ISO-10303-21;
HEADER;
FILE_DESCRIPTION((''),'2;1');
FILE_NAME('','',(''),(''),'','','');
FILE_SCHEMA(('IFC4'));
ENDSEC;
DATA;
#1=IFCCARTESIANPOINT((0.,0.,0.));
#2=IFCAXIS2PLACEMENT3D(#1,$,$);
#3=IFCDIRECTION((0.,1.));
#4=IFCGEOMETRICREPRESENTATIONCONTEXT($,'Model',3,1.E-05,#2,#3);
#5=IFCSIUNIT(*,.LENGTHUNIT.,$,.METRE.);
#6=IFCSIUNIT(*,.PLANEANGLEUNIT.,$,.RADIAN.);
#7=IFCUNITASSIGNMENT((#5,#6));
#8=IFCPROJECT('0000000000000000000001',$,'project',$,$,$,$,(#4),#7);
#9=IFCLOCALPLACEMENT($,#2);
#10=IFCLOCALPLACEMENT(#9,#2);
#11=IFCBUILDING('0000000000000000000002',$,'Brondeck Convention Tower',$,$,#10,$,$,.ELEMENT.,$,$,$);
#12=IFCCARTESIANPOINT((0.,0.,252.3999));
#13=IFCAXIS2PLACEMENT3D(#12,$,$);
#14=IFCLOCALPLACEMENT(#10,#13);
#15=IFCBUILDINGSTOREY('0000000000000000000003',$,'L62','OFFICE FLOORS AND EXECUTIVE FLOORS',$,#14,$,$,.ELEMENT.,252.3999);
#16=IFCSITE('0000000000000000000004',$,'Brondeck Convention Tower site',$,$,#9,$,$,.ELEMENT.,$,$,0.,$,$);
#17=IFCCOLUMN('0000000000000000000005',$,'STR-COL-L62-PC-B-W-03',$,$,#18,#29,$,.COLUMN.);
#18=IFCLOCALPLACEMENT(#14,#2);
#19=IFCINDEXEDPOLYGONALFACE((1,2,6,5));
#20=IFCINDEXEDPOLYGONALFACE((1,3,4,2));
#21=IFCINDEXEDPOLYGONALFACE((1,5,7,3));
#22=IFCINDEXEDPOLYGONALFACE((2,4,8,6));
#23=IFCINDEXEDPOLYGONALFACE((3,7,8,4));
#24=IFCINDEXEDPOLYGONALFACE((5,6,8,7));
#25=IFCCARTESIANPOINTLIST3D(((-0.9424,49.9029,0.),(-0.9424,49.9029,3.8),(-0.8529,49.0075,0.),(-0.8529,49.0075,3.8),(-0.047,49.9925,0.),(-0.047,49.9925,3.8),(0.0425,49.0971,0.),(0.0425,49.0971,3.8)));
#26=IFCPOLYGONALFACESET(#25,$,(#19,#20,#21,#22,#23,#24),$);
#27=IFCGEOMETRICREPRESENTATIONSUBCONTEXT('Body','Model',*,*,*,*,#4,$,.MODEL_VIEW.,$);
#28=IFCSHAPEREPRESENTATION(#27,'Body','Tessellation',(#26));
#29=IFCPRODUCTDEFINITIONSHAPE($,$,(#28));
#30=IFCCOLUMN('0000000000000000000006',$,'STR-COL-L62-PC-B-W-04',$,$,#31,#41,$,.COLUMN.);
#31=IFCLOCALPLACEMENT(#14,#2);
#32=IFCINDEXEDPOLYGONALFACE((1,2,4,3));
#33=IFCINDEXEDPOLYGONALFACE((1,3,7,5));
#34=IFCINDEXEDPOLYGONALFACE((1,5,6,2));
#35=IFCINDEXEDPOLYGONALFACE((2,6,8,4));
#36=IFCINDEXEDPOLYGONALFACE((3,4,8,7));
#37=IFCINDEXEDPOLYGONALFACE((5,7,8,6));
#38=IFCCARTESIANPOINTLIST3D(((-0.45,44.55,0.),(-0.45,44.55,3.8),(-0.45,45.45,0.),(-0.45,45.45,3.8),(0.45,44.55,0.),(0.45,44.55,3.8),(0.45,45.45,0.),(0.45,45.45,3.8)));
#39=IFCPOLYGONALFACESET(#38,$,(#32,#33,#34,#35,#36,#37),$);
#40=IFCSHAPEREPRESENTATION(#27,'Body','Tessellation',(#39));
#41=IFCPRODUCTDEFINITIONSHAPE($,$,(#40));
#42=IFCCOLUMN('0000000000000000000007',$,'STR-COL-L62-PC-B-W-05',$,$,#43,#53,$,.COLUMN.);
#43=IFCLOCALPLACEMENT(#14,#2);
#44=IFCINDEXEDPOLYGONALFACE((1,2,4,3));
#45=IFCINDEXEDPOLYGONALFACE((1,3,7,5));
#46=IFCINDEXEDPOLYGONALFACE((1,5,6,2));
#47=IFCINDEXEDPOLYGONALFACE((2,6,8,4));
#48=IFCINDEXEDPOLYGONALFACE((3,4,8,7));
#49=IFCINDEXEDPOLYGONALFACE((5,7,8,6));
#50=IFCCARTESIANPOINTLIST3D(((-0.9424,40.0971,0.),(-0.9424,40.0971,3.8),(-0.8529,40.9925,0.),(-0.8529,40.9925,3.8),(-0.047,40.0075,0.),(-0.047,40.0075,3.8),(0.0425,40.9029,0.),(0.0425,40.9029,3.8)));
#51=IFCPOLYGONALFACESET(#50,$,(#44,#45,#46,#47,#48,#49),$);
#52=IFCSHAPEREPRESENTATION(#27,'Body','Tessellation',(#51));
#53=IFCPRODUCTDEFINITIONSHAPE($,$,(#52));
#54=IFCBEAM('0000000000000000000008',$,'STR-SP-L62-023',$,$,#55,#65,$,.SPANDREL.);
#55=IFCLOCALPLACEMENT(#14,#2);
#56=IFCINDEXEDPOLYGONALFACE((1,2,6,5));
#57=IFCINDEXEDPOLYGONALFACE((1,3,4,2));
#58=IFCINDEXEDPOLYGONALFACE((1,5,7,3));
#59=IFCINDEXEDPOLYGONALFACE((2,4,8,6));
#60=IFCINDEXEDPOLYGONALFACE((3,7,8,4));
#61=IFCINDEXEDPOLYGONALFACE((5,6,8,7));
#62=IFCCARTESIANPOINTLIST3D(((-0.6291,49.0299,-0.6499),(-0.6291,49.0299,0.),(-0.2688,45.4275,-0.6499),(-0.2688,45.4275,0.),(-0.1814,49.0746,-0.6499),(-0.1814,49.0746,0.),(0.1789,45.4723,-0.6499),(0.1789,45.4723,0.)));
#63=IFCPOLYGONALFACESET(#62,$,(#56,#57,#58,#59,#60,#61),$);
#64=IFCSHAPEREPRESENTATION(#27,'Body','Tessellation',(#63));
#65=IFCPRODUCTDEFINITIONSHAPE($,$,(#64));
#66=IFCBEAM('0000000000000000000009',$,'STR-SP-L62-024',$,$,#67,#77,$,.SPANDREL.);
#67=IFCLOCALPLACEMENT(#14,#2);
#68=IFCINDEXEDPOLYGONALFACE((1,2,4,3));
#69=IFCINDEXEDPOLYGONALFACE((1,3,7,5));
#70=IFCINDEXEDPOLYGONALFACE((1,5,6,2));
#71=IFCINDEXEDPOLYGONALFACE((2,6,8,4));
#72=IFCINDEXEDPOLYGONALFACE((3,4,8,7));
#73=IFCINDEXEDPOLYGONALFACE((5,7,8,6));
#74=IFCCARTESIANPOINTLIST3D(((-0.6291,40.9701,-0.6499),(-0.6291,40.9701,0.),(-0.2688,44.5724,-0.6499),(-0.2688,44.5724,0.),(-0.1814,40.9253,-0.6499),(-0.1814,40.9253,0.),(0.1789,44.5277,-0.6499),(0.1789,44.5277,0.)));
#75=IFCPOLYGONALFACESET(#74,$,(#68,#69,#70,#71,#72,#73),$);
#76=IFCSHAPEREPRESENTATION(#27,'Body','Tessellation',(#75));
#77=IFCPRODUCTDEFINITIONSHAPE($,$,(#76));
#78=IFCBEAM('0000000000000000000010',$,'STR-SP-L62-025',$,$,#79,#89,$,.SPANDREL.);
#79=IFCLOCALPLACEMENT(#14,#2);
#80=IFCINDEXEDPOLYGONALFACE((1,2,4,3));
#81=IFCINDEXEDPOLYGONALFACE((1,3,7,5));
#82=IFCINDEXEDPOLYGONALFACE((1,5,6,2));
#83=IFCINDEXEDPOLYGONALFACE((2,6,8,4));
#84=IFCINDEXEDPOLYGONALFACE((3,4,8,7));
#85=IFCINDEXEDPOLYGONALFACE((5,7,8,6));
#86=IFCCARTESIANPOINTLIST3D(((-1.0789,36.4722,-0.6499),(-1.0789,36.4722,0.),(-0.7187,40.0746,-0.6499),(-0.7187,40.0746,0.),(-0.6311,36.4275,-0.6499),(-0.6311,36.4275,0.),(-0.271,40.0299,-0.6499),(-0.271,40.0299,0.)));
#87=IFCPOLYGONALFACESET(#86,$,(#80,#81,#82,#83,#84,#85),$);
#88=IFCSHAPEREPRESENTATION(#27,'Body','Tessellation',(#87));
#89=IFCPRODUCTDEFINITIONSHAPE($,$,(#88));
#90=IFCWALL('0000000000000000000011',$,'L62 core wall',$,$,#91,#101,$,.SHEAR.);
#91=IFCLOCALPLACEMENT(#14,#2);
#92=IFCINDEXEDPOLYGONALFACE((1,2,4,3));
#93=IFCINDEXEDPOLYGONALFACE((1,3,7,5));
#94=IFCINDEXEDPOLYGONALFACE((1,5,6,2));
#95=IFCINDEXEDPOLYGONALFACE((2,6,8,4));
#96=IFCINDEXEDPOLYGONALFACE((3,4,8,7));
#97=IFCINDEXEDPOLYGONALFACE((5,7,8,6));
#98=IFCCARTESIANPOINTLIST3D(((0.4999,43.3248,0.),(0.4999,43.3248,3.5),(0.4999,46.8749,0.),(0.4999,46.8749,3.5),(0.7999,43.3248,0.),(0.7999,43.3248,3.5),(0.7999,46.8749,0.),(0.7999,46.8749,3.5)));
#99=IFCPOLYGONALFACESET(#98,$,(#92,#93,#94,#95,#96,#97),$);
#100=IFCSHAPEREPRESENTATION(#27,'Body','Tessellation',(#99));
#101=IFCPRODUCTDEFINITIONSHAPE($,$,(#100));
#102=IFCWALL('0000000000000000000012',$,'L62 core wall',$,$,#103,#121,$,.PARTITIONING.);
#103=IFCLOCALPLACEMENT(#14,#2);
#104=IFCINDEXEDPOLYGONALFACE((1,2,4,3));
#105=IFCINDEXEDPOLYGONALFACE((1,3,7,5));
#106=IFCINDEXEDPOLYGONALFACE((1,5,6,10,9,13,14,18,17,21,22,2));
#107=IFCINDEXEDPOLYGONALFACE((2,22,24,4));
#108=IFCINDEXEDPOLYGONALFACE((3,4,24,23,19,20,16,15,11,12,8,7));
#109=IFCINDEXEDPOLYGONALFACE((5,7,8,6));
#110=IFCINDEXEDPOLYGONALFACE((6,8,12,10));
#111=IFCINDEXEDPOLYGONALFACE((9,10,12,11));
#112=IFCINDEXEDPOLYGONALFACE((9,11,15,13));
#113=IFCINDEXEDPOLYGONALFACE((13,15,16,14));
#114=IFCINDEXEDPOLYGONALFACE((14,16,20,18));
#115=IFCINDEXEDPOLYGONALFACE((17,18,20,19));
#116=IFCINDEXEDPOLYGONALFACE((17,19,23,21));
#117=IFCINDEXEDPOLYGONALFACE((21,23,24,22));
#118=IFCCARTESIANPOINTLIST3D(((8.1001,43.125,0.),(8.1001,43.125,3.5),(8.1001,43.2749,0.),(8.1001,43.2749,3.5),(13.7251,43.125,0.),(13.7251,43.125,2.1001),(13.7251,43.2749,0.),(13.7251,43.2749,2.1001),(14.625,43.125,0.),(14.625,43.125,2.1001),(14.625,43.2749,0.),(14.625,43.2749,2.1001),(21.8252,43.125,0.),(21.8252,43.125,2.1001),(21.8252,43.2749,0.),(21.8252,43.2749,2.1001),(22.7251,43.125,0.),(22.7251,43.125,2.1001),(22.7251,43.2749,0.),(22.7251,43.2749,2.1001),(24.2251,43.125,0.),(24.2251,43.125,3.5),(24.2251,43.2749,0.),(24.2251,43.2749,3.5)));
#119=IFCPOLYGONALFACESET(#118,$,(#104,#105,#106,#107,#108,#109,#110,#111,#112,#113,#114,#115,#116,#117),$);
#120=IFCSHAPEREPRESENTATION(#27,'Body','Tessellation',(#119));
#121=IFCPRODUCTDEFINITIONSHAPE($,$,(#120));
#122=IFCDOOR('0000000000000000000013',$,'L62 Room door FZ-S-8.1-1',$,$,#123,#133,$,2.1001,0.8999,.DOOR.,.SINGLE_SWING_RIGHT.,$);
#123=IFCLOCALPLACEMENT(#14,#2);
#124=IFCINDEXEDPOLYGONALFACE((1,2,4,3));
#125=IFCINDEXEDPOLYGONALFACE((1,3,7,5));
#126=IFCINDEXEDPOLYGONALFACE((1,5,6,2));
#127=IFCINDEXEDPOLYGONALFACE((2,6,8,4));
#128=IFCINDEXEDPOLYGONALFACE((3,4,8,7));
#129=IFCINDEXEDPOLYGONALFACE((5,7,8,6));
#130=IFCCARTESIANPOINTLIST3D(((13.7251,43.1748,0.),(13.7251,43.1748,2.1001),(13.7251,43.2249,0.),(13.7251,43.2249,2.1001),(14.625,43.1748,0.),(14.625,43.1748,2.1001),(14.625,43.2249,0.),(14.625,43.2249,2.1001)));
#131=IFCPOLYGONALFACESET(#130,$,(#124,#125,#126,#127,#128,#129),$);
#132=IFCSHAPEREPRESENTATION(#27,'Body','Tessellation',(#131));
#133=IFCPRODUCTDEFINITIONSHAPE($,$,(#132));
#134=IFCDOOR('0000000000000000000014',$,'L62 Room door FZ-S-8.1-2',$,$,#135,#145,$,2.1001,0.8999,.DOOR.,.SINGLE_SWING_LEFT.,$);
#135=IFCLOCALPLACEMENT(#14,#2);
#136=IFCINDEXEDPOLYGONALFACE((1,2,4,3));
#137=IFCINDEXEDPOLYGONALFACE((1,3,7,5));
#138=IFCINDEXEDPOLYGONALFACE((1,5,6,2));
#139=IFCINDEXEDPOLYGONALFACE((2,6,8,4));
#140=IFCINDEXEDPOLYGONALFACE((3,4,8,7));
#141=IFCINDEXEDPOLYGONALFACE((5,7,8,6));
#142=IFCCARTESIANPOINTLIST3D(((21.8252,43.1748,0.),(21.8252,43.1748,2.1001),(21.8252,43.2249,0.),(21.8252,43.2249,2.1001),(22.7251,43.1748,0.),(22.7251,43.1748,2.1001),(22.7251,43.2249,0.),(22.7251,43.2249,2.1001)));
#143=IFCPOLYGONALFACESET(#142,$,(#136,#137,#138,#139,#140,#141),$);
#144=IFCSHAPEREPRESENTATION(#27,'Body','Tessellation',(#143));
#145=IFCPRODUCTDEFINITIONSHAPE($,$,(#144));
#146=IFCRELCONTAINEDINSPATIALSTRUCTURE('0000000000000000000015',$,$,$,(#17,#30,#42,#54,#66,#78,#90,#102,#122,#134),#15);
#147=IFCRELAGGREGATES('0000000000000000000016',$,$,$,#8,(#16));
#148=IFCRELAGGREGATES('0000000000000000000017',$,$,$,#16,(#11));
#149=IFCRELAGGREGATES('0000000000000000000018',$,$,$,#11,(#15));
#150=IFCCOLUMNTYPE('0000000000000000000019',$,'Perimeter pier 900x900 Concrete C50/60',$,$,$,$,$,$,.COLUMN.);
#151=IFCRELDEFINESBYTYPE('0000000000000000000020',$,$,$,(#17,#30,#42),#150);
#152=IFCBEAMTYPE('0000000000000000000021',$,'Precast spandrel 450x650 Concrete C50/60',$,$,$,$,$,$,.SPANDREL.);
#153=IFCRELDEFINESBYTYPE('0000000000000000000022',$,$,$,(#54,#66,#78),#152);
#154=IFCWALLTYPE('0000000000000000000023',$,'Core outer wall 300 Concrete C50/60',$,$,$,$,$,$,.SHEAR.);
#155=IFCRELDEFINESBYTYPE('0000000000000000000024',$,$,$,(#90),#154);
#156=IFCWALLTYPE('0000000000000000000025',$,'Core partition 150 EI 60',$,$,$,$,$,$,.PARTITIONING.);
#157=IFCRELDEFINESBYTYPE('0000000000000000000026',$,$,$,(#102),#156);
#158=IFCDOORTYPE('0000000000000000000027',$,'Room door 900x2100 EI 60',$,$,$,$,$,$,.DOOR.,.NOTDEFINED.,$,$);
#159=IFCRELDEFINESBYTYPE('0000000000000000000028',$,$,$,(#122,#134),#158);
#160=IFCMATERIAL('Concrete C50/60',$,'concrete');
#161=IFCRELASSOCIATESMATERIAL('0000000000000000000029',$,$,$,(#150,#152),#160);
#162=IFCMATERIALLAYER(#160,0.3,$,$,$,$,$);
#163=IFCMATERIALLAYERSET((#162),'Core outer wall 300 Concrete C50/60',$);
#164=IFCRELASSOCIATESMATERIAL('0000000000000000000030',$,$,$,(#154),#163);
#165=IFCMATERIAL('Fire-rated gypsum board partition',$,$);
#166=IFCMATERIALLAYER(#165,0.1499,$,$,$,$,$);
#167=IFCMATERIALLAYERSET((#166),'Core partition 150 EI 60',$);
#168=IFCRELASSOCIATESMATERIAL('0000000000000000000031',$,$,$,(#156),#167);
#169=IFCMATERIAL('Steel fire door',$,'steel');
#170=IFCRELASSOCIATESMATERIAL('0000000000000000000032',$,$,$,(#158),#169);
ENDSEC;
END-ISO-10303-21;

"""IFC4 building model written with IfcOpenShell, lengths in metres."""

from ifc_helpers import new_model, si_unit, direction, frame, frame_2d, origin, origin_2d, place, context, subcontext, project, spatial, rectangle, extrude, material, layer, layer_set, material_profile, profile_set, type_object, element, fill, save


model = new_model("IFC4")

# Units and contexts
model_context = context("Model", 3, precision=1e-05, world=origin(), true_north=direction((0.0, 1.0)))
body_context = subcontext(model_context, "Body", "Model", "MODEL_VIEW")
ifc_project = project(units=[si_unit("LENGTHUNIT", "METRE"), si_unit("PLANEANGLEUNIT", "RADIAN")], contexts=[model_context])

# Site, building, storey
site_placement = place(None, origin())
site = spatial("IfcSite", under=ifc_project, at=site_placement, Name="Brondeck Convention Tower site", CompositionType="ELEMENT", RefElevation=0.0)
building_placement = place(site_placement, origin())
building = spatial("IfcBuilding", under=site, at=building_placement, Name="Brondeck Convention Tower", CompositionType="ELEMENT")
storey_placement = place(building_placement, frame((0.0, 0.0, 252.3999)))
storey = spatial("IfcBuildingStorey", under=building, at=storey_placement, Name="L62", Description="OFFICE FLOORS AND EXECUTIVE FLOORS", CompositionType="ELEMENT", Elevation=252.3999)

# Columns
ifc_material_1 = material(Name="Concrete C50/60", Category="concrete")
ifc_material_profile_1 = material_profile(ifc_material_1, rectangle(XDim=0.8999, YDim=0.8999, at=origin_2d()), Name="Perimeter pier 900x900 Concrete C50/60")
ifc_profile_set_1 = profile_set([ifc_material_profile_1], Name="Concrete C50/60")
column_type = type_object("IfcColumnType", Name="Perimeter pier 900x900 Concrete C50/60", PredefinedType="COLUMN", material=ifc_profile_set_1)
for number, where, z_axis, x_axis, name in (
    (1, (-0.45, 49.5, 0.0), (0.0, 0.0, 1.0), (0.099504, -0.995037, 0.0), "STR-COL-L62-PC-B-W-03"),
    (2, (0.0, 45.0, 0.0), (0.0, 0.0, 1.0), (0.0, -1.0, 0.0), "STR-COL-L62-PC-B-W-04"),
    (3, (-0.45, 40.5, 0.0), (0.0, 0.0, 1.0), (-0.099504, -0.995037, 0.0), "STR-COL-L62-PC-B-W-05"),
):
    element("IfcColumn", number, at=place(storey_placement, frame(where, z_axis=z_axis, x_axis=x_axis)), inside=storey, type_object=column_type, Name=name, PredefinedType="COLUMN", context=body_context, shape_type="SweptSolid", body=[
        extrude(rectangle(XDim=0.8999, YDim=0.8999, at=origin_2d()), origin(), (0.0, 0.0, 1.0), 3.8),
    ])

# Beams
ifc_material_profile_2 = material_profile(ifc_material_1, rectangle(XDim=0.45, YDim=0.6499, at=origin_2d()), Name="Precast spandrel 450x650 Concrete C50/60")
ifc_profile_set_2 = profile_set([ifc_material_profile_2], Name="Concrete C50/60")
beam_type = type_object("IfcBeamType", Name="Precast spandrel 450x650 Concrete C50/60", PredefinedType="SPANDREL", material=ifc_profile_set_2)
for number, where, z_axis, x_axis, name in (
    (4, (-0.4053, 49.0522, -0.325), (0.099537, -0.995034, 0.0), (0.995034, 0.099537, 0.0), "STR-SP-L62-023"),
    (5, (-0.0449, 44.55, -0.325), (-0.099537, -0.995034, 0.0), (0.995034, -0.099537, 0.0), "STR-SP-L62-024"),
    (6, (-0.4949, 40.0522, -0.325), (-0.09947, -0.995041, 0.0), (0.995041, -0.09947, 0.0), "STR-SP-L62-025"),
):
    element("IfcBeam", number, at=place(storey_placement, frame(where, z_axis=z_axis, x_axis=x_axis)), inside=storey, type_object=beam_type, Name=name, PredefinedType="SPANDREL", context=body_context, shape_type="SweptSolid", body=[
        extrude(rectangle(XDim=0.45, YDim=0.6499, at=origin_2d()), origin(), (0.0, 0.0, 1.0), 3.6204),
    ])

# Wall
ifc_layer_1 = layer(ifc_material_1, 0.3)
ifc_layer_set_1 = layer_set([ifc_layer_1], Name="Core outer wall 300 Concrete C50/60")
wall_type_1 = type_object("IfcWallType", Name="Core outer wall 300 Concrete C50/60", PredefinedType="SHEAR", material=ifc_layer_set_1)
wall_1_placement = place(storey_placement, frame((0.6499, 43.325, 0.0), z_axis=(0.0, 0.0, 1.0), x_axis=(0.0, 1.0, 0.0)))
element("IfcWall", 7, at=wall_1_placement, inside=storey, type_object=wall_type_1, Name="L62 core wall", PredefinedType="SHEAR", context=body_context, shape_type="SweptSolid", body=[
    extrude(rectangle(XDim=3.55, YDim=0.3, at=frame_2d((1.7749, 0.0))), origin(), (0.0, 0.0, 1.0), 3.5),
])

# Wall, openings, doors
ifc_material_2 = material(Name="Fire-rated gypsum board partition")
ifc_layer_2 = layer(ifc_material_2, 0.1499)
ifc_layer_set_2 = layer_set([ifc_layer_2], Name="Core partition 150 EI 60")
wall_type_2 = type_object("IfcWallType", Name="Core partition 150 EI 60", PredefinedType="PARTITIONING", material=ifc_layer_set_2)
wall_2_placement = place(storey_placement, frame((8.1001, 43.2, 0.0), z_axis=(0.0, 0.0, 1.0), x_axis=(1.0, 0.0, 0.0)))
wall_2 = element("IfcWall", 8, at=wall_2_placement, inside=storey, type_object=wall_type_2, Name="L62 core wall", PredefinedType="PARTITIONING", context=body_context, shape_type="SweptSolid", body=[
    extrude(rectangle(XDim=16.125, YDim=0.1499, at=frame_2d((8.0625, 0.0))), origin(), (0.0, 0.0, 1.0), 3.5),
])
opening_1_placement = place(wall_2_placement, frame((5.625, 0.0, 0.0)))
opening_1 = element("IfcOpeningElement", 9, at=opening_1_placement, cuts=wall_2, PredefinedType="OPENING", context=body_context, shape_type="SweptSolid", body=[
    extrude(rectangle(XDim=0.8999, YDim=2.1001, at=frame_2d((0.45, 1.05))), frame((0.0, 0.085, 0.0), z_axis=(0.0, -1.0, 0.0), x_axis=(1.0, 0.0, 0.0)), (0.0, 0.0, 1.0), 0.1699),
])
opening_2_placement = place(wall_2_placement, frame((13.7251, 0.0, 0.0)))
opening_2 = element("IfcOpeningElement", 10, at=opening_2_placement, cuts=wall_2, PredefinedType="OPENING", context=body_context, shape_type="SweptSolid", body=[
    extrude(rectangle(XDim=0.8999, YDim=2.1001, at=frame_2d((0.45, 1.05))), frame((0.0, 0.085, 0.0), z_axis=(0.0, -1.0, 0.0), x_axis=(1.0, 0.0, 0.0)), (0.0, 0.0, 1.0), 0.1699),
])
ifc_material_3 = material(Name="Steel fire door", Category="steel")
door_type_1 = type_object("IfcDoorType", Name="Room door 900x2100 EI 60", OperationType="NOTDEFINED", PredefinedType="DOOR", material=ifc_material_3)
door_1_placement = place(opening_1_placement, origin())
door_1 = element("IfcDoor", 11, at=door_1_placement, inside=storey, type_object=door_type_1, Name="L62 Room door FZ-S-8.1-1", OperationType="SINGLE_SWING_RIGHT", OverallHeight=2.1001, OverallWidth=0.8999, PredefinedType="DOOR", context=body_context, shape_type="SweptSolid", body=[
    extrude(rectangle(XDim=0.8999, YDim=2.1001, at=frame_2d((0.45, 1.05))), frame((0.0, 0.0249, 0.0), z_axis=(0.0, -1.0, 0.0), x_axis=(1.0, 0.0, 0.0)), (0.0, 0.0, 1.0), 0.05),
])
fill(opening_1, door_1)
door_2_placement = place(opening_2_placement, origin())
door_2 = element("IfcDoor", 12, at=door_2_placement, inside=storey, type_object=door_type_1, Name="L62 Room door FZ-S-8.1-2", OperationType="SINGLE_SWING_LEFT", OverallHeight=2.1001, OverallWidth=0.8999, PredefinedType="DOOR", context=body_context, shape_type="SweptSolid", body=[
    extrude(rectangle(XDim=0.8999, YDim=2.1001, at=frame_2d((0.45, 1.05))), frame((0.0, 0.0249, 0.0), z_axis=(0.0, -1.0, 0.0), x_axis=(1.0, 0.0, 0.0)), (0.0, 0.0, 1.0), 0.05),
])
fill(opening_2, door_2)

save(model, "model.ifc")
